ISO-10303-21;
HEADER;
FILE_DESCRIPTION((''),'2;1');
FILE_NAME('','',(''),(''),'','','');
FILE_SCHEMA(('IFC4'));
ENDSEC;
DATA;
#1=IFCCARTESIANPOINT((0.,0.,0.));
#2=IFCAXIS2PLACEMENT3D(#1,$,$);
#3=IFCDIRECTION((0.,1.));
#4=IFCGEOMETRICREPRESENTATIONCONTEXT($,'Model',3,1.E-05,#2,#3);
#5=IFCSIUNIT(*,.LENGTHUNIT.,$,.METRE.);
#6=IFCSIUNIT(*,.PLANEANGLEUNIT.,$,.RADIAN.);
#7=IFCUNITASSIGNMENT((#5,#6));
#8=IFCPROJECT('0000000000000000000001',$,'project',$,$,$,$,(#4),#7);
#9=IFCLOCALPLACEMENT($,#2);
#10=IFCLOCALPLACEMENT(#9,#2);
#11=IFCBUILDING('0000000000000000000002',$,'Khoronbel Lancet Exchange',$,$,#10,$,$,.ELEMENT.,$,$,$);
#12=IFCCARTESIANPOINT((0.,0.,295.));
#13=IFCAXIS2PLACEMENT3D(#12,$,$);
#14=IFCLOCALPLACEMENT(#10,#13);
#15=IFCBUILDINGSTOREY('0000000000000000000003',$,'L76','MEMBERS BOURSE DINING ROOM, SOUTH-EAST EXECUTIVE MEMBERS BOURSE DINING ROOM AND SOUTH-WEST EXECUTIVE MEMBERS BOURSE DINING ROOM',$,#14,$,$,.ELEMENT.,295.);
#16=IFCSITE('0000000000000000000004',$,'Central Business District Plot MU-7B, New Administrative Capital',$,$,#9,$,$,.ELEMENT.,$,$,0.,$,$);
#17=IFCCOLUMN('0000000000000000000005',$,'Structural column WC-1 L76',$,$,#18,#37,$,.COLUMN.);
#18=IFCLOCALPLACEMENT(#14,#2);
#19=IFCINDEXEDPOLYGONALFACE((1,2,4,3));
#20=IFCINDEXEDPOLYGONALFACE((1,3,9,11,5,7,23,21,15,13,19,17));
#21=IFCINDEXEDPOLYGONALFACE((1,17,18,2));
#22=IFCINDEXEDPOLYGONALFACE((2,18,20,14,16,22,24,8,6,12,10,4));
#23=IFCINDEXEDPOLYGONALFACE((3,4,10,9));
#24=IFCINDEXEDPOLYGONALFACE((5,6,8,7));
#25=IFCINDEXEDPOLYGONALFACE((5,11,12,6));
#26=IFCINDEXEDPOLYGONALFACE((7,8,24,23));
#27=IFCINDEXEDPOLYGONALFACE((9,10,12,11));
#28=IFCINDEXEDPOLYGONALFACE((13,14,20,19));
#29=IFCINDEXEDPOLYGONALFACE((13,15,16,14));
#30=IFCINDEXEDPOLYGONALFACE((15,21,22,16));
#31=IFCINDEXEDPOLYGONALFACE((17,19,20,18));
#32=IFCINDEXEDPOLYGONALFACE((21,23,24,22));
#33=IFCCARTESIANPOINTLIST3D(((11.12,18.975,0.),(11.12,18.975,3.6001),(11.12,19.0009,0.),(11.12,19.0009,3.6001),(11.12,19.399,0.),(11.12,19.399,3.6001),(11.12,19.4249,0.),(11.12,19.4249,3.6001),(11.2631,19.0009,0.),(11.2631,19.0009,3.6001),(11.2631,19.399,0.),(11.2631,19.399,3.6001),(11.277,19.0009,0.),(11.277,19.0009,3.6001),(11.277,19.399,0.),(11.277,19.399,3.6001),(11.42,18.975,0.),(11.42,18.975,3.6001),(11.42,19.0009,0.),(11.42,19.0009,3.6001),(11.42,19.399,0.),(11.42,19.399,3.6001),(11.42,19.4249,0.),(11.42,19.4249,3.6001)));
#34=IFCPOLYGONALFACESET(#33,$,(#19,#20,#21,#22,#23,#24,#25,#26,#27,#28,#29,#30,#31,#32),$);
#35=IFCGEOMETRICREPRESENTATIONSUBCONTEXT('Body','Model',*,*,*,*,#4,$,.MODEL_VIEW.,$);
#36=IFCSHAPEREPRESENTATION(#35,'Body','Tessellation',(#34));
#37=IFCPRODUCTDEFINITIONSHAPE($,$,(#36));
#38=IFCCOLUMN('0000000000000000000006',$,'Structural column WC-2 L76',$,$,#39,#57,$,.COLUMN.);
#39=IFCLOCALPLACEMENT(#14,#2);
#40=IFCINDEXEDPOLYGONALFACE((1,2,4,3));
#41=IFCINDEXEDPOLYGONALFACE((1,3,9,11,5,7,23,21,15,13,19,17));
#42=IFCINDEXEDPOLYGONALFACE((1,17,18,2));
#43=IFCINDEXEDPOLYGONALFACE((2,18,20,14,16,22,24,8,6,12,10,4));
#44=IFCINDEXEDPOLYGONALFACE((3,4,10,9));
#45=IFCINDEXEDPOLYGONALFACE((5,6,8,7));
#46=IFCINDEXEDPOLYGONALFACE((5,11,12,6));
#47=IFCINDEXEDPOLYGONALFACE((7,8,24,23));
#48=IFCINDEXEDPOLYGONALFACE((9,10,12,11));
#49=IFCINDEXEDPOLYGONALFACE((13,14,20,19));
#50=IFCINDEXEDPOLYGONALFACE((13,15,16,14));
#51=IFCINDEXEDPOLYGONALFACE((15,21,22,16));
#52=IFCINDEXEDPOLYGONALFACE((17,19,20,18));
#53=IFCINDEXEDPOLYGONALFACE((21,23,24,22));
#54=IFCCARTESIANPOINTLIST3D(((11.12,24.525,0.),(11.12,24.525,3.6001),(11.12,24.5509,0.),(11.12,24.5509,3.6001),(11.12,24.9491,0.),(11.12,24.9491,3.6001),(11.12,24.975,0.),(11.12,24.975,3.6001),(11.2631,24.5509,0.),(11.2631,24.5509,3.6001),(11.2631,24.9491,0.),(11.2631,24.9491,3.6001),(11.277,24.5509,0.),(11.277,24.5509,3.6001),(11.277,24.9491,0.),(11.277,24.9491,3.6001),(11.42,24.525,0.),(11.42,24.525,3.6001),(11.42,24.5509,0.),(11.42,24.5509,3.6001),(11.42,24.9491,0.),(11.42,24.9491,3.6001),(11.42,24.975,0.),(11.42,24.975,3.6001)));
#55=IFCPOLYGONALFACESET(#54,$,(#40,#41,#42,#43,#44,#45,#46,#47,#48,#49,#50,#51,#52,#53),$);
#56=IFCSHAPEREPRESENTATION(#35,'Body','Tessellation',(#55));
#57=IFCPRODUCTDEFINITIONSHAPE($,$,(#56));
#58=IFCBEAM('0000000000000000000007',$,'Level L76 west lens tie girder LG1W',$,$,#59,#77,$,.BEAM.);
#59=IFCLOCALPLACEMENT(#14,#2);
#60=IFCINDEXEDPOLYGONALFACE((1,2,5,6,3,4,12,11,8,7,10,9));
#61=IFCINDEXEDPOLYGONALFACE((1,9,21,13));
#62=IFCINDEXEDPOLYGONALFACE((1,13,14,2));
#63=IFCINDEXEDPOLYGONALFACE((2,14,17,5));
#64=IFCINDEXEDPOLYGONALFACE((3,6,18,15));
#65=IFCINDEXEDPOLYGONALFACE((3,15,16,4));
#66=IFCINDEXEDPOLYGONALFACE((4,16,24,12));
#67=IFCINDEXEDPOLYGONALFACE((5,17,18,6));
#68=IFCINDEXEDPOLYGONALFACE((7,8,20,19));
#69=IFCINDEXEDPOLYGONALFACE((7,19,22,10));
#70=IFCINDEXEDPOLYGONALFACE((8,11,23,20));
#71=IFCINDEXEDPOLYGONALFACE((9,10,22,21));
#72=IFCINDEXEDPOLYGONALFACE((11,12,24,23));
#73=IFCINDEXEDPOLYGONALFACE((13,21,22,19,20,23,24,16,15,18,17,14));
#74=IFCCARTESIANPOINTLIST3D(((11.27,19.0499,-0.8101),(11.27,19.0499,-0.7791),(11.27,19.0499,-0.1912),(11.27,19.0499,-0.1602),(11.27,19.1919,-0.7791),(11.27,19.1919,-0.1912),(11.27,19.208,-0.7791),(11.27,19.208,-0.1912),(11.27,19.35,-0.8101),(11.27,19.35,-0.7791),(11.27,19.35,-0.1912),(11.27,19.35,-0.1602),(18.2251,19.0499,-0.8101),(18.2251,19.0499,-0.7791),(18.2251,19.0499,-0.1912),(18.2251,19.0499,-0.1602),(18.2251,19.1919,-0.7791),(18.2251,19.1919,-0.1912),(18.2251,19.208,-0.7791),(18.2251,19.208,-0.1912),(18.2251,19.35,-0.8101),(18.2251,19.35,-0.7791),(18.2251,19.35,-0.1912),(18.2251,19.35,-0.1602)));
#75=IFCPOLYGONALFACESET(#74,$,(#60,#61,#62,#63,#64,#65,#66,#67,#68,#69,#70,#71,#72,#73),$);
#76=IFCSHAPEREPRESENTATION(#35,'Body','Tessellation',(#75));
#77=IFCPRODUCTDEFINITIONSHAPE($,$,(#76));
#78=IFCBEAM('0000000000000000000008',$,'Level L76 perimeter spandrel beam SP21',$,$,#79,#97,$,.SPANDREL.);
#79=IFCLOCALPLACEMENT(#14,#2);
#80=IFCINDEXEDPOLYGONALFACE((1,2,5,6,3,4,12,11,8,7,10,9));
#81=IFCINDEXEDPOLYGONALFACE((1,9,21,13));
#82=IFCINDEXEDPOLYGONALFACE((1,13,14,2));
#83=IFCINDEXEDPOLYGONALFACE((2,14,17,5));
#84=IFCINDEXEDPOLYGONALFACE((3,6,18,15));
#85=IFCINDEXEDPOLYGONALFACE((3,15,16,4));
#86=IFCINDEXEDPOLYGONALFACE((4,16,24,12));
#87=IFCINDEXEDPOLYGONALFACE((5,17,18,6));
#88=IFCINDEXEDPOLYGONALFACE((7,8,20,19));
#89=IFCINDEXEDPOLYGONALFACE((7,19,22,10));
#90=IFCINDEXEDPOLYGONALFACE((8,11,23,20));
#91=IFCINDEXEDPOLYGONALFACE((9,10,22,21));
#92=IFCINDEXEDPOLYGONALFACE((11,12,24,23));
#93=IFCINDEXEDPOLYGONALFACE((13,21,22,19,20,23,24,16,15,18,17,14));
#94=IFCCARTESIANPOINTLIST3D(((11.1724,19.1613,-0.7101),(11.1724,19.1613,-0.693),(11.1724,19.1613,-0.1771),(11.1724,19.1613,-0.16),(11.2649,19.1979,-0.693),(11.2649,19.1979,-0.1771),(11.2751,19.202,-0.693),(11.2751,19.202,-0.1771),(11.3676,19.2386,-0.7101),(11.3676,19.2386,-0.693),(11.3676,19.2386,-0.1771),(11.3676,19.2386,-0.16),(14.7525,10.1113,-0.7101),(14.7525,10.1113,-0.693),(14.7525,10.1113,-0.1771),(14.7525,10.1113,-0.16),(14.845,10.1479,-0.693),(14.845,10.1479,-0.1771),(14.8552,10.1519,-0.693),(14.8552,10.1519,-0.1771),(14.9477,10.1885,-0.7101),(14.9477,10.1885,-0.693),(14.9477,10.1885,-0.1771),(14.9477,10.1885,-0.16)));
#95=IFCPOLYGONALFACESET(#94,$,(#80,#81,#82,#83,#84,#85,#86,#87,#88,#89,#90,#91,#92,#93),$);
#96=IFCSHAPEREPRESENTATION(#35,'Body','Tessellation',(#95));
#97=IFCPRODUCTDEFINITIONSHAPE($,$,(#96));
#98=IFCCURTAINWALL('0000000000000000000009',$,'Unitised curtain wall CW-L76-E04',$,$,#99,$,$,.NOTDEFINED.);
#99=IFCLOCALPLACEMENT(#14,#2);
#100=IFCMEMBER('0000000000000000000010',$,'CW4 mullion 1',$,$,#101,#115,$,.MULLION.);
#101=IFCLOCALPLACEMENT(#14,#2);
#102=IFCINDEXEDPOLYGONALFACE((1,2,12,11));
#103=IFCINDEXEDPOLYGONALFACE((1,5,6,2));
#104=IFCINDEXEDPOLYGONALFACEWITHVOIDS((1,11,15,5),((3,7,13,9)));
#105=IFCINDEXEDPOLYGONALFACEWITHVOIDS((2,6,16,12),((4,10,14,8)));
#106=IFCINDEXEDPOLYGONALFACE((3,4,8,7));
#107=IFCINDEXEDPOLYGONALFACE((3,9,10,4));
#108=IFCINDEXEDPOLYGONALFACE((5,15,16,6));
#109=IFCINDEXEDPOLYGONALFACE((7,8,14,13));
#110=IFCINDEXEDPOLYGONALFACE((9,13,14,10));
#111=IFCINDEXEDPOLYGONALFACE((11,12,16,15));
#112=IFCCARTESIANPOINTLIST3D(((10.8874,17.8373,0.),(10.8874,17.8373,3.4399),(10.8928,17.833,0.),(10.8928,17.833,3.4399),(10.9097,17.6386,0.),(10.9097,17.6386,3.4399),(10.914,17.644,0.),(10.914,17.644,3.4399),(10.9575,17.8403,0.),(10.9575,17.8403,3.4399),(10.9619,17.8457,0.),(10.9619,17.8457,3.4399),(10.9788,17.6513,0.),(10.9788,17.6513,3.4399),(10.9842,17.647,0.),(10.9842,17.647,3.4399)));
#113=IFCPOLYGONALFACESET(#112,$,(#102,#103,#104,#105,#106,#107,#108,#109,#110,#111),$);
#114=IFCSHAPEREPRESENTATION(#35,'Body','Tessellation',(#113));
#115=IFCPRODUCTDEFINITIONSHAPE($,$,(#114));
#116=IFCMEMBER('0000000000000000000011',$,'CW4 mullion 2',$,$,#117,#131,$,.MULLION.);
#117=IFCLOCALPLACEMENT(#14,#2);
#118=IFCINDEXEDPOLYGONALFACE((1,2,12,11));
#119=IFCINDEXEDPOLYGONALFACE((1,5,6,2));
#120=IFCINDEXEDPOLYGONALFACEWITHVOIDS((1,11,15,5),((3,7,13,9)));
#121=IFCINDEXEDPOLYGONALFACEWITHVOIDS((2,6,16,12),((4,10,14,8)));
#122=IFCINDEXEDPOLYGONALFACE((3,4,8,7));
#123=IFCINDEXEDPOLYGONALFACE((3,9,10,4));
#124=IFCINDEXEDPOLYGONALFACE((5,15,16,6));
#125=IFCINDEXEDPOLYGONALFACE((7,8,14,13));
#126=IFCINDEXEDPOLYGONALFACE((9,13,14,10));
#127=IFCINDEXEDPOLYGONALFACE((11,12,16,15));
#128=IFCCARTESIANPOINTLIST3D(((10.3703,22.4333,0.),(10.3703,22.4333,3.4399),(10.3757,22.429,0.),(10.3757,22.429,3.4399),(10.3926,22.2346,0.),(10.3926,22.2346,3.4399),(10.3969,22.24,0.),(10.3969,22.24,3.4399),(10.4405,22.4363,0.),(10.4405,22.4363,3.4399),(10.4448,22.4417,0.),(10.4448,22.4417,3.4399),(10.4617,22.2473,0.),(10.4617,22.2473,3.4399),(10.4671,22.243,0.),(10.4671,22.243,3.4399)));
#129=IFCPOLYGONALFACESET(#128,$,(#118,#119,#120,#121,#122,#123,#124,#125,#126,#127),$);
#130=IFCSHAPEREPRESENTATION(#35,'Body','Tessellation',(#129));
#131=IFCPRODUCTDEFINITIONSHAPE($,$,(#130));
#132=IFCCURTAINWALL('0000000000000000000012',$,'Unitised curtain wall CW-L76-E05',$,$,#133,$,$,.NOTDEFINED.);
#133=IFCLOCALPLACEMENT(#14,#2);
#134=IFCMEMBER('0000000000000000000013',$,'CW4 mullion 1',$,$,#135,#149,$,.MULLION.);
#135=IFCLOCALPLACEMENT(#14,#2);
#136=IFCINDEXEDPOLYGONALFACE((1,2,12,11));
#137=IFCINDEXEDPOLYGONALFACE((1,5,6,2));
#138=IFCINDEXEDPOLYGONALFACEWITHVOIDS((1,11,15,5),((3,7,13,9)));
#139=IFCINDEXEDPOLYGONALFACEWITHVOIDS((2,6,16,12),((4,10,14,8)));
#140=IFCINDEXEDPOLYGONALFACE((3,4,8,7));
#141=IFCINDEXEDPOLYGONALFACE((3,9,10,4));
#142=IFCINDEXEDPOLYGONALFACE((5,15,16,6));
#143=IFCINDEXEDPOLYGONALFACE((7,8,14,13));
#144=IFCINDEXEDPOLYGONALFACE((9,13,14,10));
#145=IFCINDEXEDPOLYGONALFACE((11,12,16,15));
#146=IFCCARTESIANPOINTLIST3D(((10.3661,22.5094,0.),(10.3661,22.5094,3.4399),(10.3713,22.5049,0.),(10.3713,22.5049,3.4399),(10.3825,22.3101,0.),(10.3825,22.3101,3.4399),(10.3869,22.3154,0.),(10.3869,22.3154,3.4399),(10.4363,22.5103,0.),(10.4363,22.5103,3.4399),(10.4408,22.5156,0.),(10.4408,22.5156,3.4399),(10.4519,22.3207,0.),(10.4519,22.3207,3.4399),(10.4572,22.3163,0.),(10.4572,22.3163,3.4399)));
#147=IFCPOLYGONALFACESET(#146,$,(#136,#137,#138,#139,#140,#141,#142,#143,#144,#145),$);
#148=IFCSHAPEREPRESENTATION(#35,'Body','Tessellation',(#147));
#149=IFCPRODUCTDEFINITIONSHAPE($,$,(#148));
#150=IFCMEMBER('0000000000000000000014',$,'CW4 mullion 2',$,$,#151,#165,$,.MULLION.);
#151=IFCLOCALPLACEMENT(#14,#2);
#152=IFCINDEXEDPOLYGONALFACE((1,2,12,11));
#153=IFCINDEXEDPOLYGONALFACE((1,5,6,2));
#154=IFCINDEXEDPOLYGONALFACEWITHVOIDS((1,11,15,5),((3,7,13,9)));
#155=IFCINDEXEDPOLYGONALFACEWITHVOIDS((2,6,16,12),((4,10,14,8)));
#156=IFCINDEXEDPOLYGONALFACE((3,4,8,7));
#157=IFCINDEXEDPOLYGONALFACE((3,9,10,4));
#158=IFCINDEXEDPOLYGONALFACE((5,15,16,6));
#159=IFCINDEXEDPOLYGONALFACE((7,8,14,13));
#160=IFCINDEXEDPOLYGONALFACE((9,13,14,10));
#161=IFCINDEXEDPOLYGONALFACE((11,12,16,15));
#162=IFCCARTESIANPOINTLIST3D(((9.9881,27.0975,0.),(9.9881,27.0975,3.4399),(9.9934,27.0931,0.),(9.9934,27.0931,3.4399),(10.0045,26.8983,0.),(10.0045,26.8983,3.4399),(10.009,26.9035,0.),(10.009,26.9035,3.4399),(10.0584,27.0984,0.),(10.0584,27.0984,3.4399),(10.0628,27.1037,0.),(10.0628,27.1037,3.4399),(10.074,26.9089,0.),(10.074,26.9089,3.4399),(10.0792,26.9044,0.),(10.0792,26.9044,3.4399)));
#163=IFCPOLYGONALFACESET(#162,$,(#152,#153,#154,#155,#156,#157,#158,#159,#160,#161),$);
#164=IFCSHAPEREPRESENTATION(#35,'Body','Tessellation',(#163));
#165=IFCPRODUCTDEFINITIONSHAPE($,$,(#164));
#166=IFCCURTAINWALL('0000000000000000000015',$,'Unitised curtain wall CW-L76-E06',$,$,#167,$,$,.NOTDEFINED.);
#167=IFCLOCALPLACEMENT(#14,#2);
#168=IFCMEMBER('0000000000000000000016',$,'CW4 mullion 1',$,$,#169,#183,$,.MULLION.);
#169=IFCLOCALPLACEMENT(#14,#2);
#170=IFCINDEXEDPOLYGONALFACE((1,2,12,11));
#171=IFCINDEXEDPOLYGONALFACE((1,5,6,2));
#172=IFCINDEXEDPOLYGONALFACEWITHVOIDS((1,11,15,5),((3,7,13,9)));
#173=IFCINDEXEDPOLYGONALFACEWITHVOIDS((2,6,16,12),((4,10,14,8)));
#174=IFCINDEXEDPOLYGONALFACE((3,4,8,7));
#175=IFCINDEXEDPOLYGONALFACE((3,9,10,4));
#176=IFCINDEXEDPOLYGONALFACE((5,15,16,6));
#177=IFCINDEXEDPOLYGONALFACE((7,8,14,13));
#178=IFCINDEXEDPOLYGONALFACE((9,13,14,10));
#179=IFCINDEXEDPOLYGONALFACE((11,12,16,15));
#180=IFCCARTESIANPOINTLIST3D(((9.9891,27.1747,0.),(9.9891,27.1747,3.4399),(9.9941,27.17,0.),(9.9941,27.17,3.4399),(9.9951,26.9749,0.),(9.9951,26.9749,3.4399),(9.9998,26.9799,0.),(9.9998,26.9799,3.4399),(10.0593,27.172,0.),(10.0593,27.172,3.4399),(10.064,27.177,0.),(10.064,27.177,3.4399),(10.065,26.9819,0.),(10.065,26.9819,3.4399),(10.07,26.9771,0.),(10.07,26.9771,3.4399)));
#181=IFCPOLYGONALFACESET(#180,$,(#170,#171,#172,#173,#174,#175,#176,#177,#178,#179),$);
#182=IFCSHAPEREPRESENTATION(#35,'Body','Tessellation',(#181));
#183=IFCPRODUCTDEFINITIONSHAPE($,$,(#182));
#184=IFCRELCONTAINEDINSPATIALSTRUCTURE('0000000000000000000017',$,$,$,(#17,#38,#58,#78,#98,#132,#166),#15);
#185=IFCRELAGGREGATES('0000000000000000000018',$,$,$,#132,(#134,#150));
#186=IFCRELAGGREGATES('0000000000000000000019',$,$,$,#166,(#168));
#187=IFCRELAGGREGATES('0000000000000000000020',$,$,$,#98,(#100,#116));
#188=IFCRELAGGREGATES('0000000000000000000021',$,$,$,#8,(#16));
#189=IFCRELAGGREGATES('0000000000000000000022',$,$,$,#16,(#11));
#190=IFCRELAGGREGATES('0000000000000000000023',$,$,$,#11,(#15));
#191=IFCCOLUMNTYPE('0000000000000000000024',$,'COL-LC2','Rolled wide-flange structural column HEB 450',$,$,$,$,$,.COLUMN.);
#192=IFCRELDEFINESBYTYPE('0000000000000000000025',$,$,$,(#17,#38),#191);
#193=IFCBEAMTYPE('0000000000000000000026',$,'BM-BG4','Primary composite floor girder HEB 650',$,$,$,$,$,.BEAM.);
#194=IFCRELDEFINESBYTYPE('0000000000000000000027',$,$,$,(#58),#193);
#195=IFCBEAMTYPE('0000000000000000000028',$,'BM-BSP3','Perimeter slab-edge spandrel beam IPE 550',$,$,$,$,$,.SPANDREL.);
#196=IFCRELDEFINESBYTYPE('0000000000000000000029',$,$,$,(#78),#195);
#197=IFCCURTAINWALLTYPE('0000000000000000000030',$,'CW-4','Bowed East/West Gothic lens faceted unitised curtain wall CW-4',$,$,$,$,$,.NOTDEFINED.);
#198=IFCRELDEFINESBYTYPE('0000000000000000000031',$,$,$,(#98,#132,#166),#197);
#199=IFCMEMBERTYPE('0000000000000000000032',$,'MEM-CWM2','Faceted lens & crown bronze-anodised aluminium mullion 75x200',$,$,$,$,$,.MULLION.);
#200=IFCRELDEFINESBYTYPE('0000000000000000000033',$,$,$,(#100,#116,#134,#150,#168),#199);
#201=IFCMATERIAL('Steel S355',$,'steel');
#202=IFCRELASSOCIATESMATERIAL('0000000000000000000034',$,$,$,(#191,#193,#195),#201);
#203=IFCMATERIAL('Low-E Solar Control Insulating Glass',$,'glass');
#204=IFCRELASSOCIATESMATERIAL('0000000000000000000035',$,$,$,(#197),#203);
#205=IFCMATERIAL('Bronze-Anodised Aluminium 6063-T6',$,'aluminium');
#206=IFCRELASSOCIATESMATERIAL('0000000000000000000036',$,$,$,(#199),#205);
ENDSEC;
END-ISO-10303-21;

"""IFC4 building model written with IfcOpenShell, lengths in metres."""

from ifc_helpers import new_model, si_unit, direction, frame, origin, origin_2d, place, context, subcontext, project, spatial, hollow_rectangle, i_section, extrude, material, material_profile, profile_set, type_object, element, aggregate, save


model = new_model("IFC4")

# Units and contexts
model_context = context("Model", 3, precision=1e-05, world=origin(), true_north=direction((0.0, 1.0)))
body_context = subcontext(model_context, "Body", "Model", "MODEL_VIEW")
ifc_project = project(units=[si_unit("LENGTHUNIT", "METRE"), si_unit("PLANEANGLEUNIT", "RADIAN")], contexts=[model_context])

# Site, building, storey
site_placement = place(None, origin())
site = spatial("IfcSite", under=ifc_project, at=site_placement, Name="Central Business District Plot MU-7B, New Administrative Capital", CompositionType="ELEMENT", RefElevation=0.0)
building_placement = place(site_placement, origin())
building = spatial("IfcBuilding", under=site, at=building_placement, Name="Khoronbel Lancet Exchange", CompositionType="ELEMENT")
storey_placement = place(building_placement, frame((0.0, 0.0, 295.0)))
storey = spatial("IfcBuildingStorey", under=building, at=storey_placement, Name="L76", Description="MEMBERS BOURSE DINING ROOM, SOUTH-EAST EXECUTIVE MEMBERS BOURSE DINING ROOM AND SOUTH-WEST EXECUTIVE MEMBERS BOURSE DINING ROOM", CompositionType="ELEMENT", Elevation=295.0)

# Columns
ifc_material_1 = material(Name="Steel S355", Category="steel")
ifc_material_profile_1 = material_profile(ifc_material_1, i_section(OverallWidth=0.3, OverallDepth=0.45, WebThickness=0.0139, FlangeThickness=0.0259, at=origin_2d()), Name="HEB 450")
ifc_profile_set_1 = profile_set([ifc_material_profile_1], Name="Steel S355")
column_type = type_object("IfcColumnType", Name="COL-LC2", Description="Rolled wide-flange structural column HEB 450", PredefinedType="COLUMN", material=ifc_profile_set_1)
for number, where, z_axis, x_axis, name in (
    (1, (11.27, 19.2, 0.0), (0.0, 0.0, 1.0), (1.0, 0.0, 0.0), "Structural column WC-1 L76"),
    (2, (11.27, 24.75, 0.0), (0.0, 0.0, 1.0), (1.0, 0.0, 0.0), "Structural column WC-2 L76"),
):
    element("IfcColumn", number, at=place(storey_placement, frame(where, z_axis=z_axis, x_axis=x_axis)), inside=storey, type_object=column_type, Name=name, PredefinedType="COLUMN", context=body_context, shape_type="SweptSolid", body=[
        extrude(i_section(OverallWidth=0.3, OverallDepth=0.45, WebThickness=0.0139, FlangeThickness=0.0259, at=origin_2d()), origin(), (0.0, 0.0, 1.0), 3.6001),
    ])

# Beams
ifc_material_profile_2 = material_profile(ifc_material_1, i_section(OverallWidth=0.3, OverallDepth=0.6499, WebThickness=0.0161, FlangeThickness=0.031, at=origin_2d()), Name="HEB 650")
ifc_profile_set_2 = profile_set([ifc_material_profile_2], Name="Steel S355")
beam_type_1 = type_object("IfcBeamType", Name="BM-BG4", Description="Primary composite floor girder HEB 650", PredefinedType="BEAM", material=ifc_profile_set_2)
beam_1_placement = place(storey_placement, frame((11.27, 19.2, -0.4851), z_axis=(1.0, 0.0, 0.0), x_axis=(0.0, 1.0, 0.0)))
element("IfcBeam", 3, at=beam_1_placement, inside=storey, type_object=beam_type_1, Name="Level L76 west lens tie girder LG1W", PredefinedType="BEAM", context=body_context, shape_type="SweptSolid", body=[
    extrude(i_section(OverallWidth=0.3, OverallDepth=0.6499, WebThickness=0.0161, FlangeThickness=0.031, at=origin_2d()), origin(), (0.0, 0.0, 1.0), 6.9551),
])
ifc_material_profile_3 = material_profile(ifc_material_1, i_section(OverallWidth=0.21, OverallDepth=0.55, WebThickness=0.011, FlangeThickness=0.0171, at=origin_2d()), Name="IPE 550")
ifc_profile_set_3 = profile_set([ifc_material_profile_3], Name="Steel S355")
beam_type_2 = type_object("IfcBeamType", Name="BM-BSP3", Description="Perimeter slab-edge spandrel beam IPE 550", PredefinedType="SPANDREL", material=ifc_profile_set_3)
beam_2_placement = place(storey_placement, frame((11.27, 19.2, -0.4351), z_axis=(0.36785, -0.929885, 0.0), x_axis=(0.929885, 0.36785, 0.0)))
element("IfcBeam", 4, at=beam_2_placement, inside=storey, type_object=beam_type_2, Name="Level L76 perimeter spandrel beam SP21", PredefinedType="SPANDREL", context=body_context, shape_type="SweptSolid", body=[
    extrude(i_section(OverallWidth=0.21, OverallDepth=0.55, WebThickness=0.011, FlangeThickness=0.0171, at=origin_2d()), origin(), (0.0, 0.0, 1.0), 9.7324),
])

# Curtain walls, members
ifc_material_2 = material(Name="Low-E Solar Control Insulating Glass", Category="glass")
curtain_wall_type = type_object("IfcCurtainWallType", Name="CW-4", Description="Bowed East/West Gothic lens faceted unitised curtain wall CW-4", PredefinedType="NOTDEFINED", material=ifc_material_2)
curtain_wall_1_placement = place(storey_placement, origin())
curtain_wall_1 = element("IfcCurtainWall", 5, at=curtain_wall_1_placement, inside=storey, type_object=curtain_wall_type, Name="Unitised curtain wall CW-L76-E04", PredefinedType="NOTDEFINED")
ifc_material_3 = material(Name="Bronze-Anodised Aluminium 6063-T6", Category="aluminium")
ifc_material_profile_4 = material_profile(ifc_material_3, hollow_rectangle(XDim=0.075, YDim=0.2, WallThickness=0.0049, at=origin_2d()), Name="ALU MULLION 75x200")
ifc_profile_set_4 = profile_set([ifc_material_profile_4], Name="Bronze-Anodised Aluminium 6063-T6")
member_type_1 = type_object("IfcMemberType", Name="MEM-CWM2", Description="Faceted lens & crown bronze-anodised aluminium mullion 75x200", PredefinedType="MULLION", material=ifc_profile_set_4)
member_1_placement = place(storey_placement, frame((10.9358, 17.7422, 0.0), z_axis=(0.0, 0.0, 1.0), x_axis=(-0.993732, -0.111791, 0.0)))
member_1 = element("IfcMember", 6, at=member_1_placement, type_object=member_type_1, Name="CW4 mullion 1", PredefinedType="MULLION", context=body_context, shape_type="SweptSolid", body=[
    extrude(hollow_rectangle(XDim=0.075, YDim=0.2, WallThickness=0.0049, at=origin_2d()), origin(), (0.0, 0.0, 1.0), 3.4399),
])
member_2_placement = place(storey_placement, frame((10.4187, 22.3381, 0.0), z_axis=(0.0, 0.0, 1.0), x_axis=(-0.993732, -0.111791, 0.0)))
member_2 = element("IfcMember", 7, at=member_2_placement, type_object=member_type_1, Name="CW4 mullion 2", PredefinedType="MULLION", context=body_context, shape_type="SweptSolid", body=[
    extrude(hollow_rectangle(XDim=0.075, YDim=0.2, WallThickness=0.0049, at=origin_2d()), origin(), (0.0, 0.0, 1.0), 3.4399),
])
curtain_wall_2_placement = place(storey_placement, origin())
curtain_wall_2 = element("IfcCurtainWall", 8, at=curtain_wall_2_placement, inside=storey, type_object=curtain_wall_type, Name="Unitised curtain wall CW-L76-E05", PredefinedType="NOTDEFINED")
member_3_placement = place(storey_placement, frame((10.4116, 22.4128, 0.0), z_axis=(0.0, 0.0, 1.0), x_axis=(-0.996626, -0.082073, 0.0)))
member_3 = element("IfcMember", 9, at=member_3_placement, type_object=member_type_1, Name="CW4 mullion 1", PredefinedType="MULLION", context=body_context, shape_type="SweptSolid", body=[
    extrude(hollow_rectangle(XDim=0.075, YDim=0.2, WallThickness=0.0049, at=origin_2d()), origin(), (0.0, 0.0, 1.0), 3.4399),
])
member_4_placement = place(storey_placement, frame((10.0337, 27.001, 0.0), z_axis=(0.0, 0.0, 1.0), x_axis=(-0.996626, -0.082073, 0.0)))
member_4 = element("IfcMember", 10, at=member_4_placement, type_object=member_type_1, Name="CW4 mullion 2", PredefinedType="MULLION", context=body_context, shape_type="SweptSolid", body=[
    extrude(hollow_rectangle(XDim=0.075, YDim=0.2, WallThickness=0.0049, at=origin_2d()), origin(), (0.0, 0.0, 1.0), 3.4399),
])
curtain_wall_3_placement = place(storey_placement, origin())
curtain_wall_3 = element("IfcCurtainWall", 11, at=curtain_wall_3_placement, inside=storey, type_object=curtain_wall_type, Name="Unitised curtain wall CW-L76-E06", PredefinedType="NOTDEFINED")
member_5_placement = place(storey_placement, frame((10.0295, 27.0759, 0.0), z_axis=(0.0, 0.0, 1.0), x_axis=(-0.999545, -0.030148, 0.0)))
member_5 = element("IfcMember", 12, at=member_5_placement, type_object=member_type_1, Name="CW4 mullion 1", PredefinedType="MULLION", context=body_context, shape_type="SweptSolid", body=[
    extrude(hollow_rectangle(XDim=0.075, YDim=0.2, WallThickness=0.0049, at=origin_2d()), origin(), (0.0, 0.0, 1.0), 3.4399),
])

aggregate(curtain_wall_2, [member_3, member_4])
aggregate(curtain_wall_3, [member_5])
aggregate(curtain_wall_1, [member_1, member_2])

save(model, "model.ifc")
